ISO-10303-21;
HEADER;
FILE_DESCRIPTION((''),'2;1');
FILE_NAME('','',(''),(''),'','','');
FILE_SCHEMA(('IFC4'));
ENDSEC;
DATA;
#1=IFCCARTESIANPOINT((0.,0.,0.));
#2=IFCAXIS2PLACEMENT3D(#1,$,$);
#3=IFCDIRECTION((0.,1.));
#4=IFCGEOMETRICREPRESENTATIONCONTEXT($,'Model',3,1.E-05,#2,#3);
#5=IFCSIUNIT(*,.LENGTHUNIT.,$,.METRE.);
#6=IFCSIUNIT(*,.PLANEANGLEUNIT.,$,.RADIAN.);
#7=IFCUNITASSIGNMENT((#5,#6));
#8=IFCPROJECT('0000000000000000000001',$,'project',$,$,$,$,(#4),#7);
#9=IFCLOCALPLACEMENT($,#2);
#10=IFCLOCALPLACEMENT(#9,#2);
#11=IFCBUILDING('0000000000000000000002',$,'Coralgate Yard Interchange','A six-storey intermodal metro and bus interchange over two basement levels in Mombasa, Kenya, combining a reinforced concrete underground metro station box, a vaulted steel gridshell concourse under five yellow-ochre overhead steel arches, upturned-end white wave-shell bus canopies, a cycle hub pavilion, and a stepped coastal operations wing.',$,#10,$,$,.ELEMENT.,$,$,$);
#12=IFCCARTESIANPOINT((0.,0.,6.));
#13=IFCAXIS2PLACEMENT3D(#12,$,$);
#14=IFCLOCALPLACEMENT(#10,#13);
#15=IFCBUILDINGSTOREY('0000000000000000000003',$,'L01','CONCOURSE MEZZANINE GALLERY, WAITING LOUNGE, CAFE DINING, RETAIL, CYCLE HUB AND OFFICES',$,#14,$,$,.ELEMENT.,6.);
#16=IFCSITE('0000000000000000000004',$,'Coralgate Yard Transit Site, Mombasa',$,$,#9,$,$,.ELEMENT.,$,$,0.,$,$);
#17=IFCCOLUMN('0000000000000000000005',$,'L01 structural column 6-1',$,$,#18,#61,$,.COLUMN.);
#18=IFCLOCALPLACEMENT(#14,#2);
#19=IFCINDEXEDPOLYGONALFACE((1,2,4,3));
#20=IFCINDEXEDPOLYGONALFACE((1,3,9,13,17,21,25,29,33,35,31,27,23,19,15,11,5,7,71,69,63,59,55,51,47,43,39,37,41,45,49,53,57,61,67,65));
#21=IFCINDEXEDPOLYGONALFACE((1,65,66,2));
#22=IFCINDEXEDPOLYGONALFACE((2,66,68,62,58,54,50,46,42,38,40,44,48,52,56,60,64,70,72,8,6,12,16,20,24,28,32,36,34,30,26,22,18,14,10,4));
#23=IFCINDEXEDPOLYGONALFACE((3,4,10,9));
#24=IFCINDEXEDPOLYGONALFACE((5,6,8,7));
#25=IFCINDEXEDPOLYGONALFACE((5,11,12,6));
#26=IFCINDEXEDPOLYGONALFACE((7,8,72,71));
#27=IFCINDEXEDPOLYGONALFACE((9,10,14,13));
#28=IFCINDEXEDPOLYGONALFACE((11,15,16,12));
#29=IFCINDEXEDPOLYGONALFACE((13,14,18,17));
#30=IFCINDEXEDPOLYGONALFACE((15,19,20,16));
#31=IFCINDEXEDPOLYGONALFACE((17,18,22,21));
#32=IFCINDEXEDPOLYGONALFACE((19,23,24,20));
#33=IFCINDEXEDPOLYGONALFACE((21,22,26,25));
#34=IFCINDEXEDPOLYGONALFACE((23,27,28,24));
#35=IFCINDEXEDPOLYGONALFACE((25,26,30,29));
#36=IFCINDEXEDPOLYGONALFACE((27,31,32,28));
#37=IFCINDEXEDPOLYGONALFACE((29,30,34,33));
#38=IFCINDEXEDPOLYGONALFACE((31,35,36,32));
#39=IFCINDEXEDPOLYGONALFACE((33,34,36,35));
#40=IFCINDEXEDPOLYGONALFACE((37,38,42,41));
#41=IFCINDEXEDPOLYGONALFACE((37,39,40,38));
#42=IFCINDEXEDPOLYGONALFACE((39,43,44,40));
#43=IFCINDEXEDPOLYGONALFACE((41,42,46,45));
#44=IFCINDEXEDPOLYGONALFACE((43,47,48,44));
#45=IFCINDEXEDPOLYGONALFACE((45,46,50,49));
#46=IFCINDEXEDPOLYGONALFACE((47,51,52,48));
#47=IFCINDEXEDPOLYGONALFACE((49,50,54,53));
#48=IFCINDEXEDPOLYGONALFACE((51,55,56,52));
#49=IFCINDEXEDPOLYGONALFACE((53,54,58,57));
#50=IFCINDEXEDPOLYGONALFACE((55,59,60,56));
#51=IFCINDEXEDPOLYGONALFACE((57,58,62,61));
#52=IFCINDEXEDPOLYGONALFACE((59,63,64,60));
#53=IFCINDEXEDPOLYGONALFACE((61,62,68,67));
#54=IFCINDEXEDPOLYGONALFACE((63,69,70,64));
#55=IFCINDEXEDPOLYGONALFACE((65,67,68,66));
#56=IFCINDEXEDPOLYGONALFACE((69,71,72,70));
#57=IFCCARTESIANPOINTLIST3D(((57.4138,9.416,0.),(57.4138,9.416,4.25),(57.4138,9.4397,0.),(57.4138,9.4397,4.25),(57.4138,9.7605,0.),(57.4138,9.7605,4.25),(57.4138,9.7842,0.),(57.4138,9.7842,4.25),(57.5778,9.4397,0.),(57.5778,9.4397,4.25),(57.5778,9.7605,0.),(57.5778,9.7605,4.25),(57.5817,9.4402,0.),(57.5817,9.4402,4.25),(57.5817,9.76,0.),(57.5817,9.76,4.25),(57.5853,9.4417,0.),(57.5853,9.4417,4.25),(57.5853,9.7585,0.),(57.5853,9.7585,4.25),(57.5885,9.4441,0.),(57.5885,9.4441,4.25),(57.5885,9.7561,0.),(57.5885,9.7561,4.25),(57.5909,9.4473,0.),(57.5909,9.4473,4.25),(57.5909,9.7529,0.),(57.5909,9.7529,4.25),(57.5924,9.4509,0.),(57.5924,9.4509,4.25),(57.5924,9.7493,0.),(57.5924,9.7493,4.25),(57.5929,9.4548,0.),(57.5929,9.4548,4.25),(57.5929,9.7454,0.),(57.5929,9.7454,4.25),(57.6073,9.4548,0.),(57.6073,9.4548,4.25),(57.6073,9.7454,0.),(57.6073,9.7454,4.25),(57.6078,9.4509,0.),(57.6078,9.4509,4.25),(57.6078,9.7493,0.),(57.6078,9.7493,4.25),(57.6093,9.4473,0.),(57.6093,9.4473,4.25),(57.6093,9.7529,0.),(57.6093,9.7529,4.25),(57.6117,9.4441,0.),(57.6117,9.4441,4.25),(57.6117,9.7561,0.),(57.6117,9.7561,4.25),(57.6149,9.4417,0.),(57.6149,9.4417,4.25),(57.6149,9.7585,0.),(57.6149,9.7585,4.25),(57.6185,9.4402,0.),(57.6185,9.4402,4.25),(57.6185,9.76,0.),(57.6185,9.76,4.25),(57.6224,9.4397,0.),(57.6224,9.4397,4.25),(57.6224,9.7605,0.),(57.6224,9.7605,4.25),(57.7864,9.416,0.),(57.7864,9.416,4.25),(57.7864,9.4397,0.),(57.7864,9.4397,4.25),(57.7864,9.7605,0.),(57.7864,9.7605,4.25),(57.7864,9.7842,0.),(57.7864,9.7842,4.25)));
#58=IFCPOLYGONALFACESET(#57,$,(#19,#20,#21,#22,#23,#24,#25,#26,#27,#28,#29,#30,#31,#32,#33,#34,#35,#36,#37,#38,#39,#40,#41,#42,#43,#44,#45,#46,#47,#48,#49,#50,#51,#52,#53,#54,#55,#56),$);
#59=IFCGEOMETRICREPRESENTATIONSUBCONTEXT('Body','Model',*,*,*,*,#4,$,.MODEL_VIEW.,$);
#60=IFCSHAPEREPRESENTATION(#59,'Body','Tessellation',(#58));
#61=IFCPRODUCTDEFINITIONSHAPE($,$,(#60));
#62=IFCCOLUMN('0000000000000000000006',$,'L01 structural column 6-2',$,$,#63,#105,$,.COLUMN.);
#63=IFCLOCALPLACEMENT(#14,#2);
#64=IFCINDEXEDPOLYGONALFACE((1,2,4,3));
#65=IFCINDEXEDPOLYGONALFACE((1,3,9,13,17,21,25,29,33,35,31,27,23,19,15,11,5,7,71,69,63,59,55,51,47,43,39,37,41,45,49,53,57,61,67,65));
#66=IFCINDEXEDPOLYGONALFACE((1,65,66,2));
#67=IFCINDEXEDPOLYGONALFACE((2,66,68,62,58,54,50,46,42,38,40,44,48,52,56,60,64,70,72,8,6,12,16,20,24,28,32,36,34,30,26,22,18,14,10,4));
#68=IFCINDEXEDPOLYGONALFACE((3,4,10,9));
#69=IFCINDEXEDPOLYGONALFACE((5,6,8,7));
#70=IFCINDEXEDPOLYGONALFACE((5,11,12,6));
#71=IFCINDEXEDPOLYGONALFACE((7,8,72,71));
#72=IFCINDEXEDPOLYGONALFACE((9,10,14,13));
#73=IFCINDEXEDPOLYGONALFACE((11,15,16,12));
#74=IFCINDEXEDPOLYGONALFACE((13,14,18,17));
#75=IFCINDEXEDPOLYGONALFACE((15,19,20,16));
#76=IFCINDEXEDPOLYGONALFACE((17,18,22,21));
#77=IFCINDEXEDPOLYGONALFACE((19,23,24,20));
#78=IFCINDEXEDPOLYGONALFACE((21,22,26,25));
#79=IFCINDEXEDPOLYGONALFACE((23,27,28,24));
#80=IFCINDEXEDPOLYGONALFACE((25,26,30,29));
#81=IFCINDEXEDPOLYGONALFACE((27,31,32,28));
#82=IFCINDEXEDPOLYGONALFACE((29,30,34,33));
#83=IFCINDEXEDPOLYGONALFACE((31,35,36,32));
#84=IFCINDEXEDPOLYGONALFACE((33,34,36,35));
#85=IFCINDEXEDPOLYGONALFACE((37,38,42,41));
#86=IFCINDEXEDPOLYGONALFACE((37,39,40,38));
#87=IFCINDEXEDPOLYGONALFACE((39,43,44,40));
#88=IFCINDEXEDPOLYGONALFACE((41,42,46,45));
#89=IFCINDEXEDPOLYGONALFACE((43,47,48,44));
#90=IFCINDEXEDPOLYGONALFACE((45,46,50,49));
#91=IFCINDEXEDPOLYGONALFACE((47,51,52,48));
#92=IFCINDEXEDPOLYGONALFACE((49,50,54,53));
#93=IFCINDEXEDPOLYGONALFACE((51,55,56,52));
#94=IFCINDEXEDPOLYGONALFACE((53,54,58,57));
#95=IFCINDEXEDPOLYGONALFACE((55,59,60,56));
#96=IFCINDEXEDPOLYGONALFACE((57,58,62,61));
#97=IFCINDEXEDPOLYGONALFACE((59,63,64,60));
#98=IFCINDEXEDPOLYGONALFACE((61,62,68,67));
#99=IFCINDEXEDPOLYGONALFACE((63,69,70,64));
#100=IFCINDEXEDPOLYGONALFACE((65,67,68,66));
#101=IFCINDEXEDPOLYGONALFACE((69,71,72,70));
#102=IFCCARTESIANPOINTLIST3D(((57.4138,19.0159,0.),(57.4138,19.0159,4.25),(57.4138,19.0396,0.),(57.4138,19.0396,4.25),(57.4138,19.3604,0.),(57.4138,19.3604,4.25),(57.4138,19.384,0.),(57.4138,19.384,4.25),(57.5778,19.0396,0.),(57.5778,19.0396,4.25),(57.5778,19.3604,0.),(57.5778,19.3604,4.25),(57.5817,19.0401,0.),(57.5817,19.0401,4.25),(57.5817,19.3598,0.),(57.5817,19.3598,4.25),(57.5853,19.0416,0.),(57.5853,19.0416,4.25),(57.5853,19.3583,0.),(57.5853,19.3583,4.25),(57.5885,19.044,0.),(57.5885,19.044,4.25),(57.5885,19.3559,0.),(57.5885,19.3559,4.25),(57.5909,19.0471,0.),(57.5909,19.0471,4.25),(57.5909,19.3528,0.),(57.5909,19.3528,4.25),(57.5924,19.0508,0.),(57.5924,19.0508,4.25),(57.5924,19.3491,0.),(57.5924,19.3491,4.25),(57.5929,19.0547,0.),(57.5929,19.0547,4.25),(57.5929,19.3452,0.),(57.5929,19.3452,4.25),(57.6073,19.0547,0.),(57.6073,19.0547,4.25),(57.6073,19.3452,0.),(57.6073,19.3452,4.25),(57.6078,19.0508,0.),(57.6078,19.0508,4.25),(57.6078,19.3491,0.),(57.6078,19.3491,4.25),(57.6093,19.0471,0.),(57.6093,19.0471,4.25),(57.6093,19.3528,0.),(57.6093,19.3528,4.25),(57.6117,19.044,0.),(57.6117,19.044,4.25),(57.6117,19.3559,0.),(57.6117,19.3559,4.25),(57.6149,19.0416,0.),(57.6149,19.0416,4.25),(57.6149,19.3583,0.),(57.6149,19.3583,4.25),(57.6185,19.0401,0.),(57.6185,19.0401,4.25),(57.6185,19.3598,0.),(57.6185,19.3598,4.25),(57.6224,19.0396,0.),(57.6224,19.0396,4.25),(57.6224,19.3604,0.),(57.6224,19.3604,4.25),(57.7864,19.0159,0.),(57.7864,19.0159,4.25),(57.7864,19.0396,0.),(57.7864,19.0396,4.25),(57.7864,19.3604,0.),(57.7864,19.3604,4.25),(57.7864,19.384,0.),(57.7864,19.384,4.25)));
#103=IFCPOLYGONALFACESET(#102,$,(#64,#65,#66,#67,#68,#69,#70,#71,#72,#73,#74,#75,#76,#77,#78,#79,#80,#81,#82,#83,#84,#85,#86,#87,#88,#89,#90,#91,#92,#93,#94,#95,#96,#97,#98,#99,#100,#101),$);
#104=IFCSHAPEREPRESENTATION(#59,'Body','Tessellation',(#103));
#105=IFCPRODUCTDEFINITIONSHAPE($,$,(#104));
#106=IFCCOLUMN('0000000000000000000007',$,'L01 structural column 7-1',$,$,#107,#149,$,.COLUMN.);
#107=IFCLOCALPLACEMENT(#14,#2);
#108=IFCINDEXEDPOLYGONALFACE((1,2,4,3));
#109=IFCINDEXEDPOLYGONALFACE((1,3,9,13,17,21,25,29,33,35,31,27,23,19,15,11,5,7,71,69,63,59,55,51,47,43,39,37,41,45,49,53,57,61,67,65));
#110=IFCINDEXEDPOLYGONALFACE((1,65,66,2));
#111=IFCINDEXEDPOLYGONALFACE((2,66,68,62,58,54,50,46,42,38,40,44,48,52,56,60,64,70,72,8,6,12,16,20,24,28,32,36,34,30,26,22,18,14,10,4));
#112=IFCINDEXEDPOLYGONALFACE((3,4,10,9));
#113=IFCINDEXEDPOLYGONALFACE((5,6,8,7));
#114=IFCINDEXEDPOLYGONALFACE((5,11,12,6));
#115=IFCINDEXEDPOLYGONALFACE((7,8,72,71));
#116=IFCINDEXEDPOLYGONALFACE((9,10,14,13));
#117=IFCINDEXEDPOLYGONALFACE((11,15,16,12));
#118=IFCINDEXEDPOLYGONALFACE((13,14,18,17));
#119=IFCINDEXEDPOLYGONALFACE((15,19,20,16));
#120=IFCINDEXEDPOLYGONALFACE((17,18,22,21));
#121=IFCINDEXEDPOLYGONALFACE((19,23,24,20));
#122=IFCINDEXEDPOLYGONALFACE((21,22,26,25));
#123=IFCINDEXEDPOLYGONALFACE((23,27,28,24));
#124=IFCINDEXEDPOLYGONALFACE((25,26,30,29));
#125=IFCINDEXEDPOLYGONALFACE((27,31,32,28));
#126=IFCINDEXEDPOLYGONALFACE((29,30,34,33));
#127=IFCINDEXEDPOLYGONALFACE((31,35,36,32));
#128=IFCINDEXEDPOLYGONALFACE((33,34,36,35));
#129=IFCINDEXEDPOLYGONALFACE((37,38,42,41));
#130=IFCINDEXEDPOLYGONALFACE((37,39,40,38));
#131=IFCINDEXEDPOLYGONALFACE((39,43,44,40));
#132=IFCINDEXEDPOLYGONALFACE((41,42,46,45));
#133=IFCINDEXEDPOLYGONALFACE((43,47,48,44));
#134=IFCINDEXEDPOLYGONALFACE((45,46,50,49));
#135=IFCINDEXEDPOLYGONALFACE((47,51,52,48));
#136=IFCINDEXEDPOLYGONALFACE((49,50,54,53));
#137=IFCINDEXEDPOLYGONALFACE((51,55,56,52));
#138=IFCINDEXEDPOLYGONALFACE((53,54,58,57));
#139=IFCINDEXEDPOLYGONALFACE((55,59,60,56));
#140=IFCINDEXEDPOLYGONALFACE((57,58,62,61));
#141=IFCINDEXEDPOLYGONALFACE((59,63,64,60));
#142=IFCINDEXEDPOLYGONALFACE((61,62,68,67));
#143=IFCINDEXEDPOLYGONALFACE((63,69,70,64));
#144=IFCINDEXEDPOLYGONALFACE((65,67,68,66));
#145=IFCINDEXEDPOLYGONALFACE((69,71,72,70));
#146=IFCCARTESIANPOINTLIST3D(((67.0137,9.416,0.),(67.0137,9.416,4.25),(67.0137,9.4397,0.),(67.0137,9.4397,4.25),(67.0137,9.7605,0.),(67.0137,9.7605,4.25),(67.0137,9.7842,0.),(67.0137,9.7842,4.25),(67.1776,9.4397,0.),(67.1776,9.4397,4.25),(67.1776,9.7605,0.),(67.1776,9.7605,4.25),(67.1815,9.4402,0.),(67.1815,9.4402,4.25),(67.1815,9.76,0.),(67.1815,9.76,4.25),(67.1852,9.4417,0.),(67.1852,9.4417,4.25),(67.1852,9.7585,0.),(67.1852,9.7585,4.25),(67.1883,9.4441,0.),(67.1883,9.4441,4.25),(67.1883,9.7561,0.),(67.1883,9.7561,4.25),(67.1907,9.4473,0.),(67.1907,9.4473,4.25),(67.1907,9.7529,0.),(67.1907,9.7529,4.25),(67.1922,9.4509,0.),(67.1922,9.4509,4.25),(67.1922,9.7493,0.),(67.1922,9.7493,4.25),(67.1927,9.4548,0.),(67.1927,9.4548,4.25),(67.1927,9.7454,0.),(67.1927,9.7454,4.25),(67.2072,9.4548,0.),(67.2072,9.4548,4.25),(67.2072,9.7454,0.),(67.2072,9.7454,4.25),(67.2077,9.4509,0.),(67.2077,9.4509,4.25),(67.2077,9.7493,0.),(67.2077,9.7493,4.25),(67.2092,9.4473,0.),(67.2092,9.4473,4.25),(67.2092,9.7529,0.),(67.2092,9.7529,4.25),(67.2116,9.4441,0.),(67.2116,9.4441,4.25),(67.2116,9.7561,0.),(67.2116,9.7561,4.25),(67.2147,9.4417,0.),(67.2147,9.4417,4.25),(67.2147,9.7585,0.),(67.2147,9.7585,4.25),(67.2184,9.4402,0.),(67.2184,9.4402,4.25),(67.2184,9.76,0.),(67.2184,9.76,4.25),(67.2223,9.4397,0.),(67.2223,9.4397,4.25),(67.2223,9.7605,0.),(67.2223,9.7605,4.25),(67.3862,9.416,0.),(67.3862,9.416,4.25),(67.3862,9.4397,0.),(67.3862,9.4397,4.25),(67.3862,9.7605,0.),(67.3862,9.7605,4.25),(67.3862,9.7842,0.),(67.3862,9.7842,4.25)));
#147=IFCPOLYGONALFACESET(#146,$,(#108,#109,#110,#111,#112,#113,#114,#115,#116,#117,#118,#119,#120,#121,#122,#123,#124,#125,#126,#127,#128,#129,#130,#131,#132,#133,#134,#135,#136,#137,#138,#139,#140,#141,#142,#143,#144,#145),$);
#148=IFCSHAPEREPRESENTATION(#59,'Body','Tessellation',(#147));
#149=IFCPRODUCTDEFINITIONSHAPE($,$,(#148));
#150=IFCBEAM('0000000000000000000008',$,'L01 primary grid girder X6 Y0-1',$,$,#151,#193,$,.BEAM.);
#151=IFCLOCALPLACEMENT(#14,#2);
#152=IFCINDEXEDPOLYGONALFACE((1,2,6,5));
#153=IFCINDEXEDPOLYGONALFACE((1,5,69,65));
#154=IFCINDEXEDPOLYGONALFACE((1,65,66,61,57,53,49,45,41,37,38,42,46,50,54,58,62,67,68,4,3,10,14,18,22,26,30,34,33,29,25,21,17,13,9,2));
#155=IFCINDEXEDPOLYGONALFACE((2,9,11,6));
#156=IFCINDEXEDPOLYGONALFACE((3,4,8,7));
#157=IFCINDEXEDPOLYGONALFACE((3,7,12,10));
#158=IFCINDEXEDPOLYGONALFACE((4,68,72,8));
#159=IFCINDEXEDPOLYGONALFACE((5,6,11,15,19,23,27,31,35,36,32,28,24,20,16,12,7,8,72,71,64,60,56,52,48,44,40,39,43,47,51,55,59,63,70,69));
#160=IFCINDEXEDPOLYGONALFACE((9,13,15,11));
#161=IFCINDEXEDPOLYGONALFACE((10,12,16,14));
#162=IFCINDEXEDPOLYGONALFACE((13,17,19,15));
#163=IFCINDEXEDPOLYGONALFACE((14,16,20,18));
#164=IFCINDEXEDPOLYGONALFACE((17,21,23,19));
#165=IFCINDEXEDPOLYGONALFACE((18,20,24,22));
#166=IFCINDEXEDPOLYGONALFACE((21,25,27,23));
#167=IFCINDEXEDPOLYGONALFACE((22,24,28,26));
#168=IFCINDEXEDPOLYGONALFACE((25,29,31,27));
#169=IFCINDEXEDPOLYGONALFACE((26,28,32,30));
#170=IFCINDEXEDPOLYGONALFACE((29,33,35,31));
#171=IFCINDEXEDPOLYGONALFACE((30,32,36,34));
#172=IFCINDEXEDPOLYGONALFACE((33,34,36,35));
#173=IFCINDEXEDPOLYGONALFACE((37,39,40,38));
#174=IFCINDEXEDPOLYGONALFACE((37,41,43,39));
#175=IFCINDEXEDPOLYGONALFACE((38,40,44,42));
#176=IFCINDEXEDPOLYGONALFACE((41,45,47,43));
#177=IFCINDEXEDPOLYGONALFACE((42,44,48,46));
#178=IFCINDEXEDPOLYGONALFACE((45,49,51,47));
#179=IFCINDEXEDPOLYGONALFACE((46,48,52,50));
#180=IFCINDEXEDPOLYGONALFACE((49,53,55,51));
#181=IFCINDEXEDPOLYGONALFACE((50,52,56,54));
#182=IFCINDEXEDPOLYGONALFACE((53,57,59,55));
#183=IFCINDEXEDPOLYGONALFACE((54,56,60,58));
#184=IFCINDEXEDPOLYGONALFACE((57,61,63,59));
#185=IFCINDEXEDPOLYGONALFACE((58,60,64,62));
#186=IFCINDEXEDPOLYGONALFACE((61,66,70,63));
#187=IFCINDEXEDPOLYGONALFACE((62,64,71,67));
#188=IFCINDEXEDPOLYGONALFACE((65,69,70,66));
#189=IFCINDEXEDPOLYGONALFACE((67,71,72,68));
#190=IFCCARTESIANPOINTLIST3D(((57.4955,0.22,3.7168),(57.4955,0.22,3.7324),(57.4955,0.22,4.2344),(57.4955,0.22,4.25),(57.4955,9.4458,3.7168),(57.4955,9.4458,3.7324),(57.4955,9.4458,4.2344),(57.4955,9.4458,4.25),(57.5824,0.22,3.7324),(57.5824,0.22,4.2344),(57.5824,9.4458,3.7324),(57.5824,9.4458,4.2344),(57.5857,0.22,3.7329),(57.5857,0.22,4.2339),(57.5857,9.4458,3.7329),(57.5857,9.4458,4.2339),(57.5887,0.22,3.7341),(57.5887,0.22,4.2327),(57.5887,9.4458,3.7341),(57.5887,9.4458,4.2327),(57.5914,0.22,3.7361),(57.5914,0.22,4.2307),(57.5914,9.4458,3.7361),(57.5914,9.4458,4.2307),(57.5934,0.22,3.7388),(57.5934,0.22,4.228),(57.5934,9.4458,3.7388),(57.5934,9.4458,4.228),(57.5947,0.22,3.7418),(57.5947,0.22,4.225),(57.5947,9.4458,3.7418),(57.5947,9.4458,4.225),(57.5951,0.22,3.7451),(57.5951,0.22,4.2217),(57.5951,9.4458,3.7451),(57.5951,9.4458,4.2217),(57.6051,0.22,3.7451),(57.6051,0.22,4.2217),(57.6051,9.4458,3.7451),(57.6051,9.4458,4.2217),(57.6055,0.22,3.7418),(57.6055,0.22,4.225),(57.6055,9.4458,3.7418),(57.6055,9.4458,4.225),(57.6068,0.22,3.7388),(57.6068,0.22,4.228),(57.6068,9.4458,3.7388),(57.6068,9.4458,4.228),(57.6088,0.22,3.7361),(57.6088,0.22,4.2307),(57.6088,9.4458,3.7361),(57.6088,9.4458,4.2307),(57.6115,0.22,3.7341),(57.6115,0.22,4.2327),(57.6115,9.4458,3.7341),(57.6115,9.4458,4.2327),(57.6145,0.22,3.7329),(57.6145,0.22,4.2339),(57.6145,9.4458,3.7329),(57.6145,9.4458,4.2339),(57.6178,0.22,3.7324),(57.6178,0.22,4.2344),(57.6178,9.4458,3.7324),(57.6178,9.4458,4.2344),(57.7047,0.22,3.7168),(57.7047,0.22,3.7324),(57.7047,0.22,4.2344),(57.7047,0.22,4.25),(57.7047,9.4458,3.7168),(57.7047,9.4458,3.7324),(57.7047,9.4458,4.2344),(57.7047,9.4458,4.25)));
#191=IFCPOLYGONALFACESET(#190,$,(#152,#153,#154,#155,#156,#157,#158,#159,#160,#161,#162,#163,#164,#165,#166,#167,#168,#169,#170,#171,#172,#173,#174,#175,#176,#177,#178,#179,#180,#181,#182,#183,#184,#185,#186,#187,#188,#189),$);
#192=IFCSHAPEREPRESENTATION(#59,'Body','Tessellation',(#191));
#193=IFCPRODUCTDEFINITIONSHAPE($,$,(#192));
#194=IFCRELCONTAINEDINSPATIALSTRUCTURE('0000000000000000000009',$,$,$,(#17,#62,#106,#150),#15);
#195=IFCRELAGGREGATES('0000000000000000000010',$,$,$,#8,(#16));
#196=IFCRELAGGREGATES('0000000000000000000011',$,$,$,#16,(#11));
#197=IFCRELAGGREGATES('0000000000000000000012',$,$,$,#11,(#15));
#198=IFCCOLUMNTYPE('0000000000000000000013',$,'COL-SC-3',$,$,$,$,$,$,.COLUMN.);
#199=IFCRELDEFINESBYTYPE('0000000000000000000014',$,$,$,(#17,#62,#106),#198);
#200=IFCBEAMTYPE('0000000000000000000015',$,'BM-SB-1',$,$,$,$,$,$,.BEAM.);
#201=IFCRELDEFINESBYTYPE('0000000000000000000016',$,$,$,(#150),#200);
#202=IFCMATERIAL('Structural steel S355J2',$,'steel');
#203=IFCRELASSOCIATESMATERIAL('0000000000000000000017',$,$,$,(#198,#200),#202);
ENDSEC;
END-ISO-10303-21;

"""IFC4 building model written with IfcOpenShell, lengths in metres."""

from ifc_helpers import new_model, si_unit, direction, frame, origin, origin_2d, place, context, subcontext, project, spatial, i_section, extrude, material, material_profile, profile_set, type_object, element, save


model = new_model("IFC4")

# Units and contexts
model_context = context("Model", 3, precision=1e-05, world=origin(), true_north=direction((0.0, 1.0)))
body_context = subcontext(model_context, "Body", "Model", "MODEL_VIEW")
ifc_project = project(units=[si_unit("LENGTHUNIT", "METRE"), si_unit("PLANEANGLEUNIT", "RADIAN")], contexts=[model_context])

# Site, building, storey
site_placement = place(None, origin())
site = spatial("IfcSite", under=ifc_project, at=site_placement, Name="Coralgate Yard Transit Site, Mombasa", CompositionType="ELEMENT", RefElevation=0.0)
building_placement = place(site_placement, origin())
building = spatial("IfcBuilding", under=site, at=building_placement, Name="Coralgate Yard Interchange", Description="A six-storey intermodal metro and bus interchange over two basement levels in Mombasa, Kenya, combining a reinforced concrete underground metro station box, a vaulted steel gridshell concourse under five yellow-ochre overhead steel arches, upturned-end white wave-shell bus canopies, a cycle hub pavilion, and a stepped coastal operations wing.", CompositionType="ELEMENT")
storey_placement = place(building_placement, frame((0.0, 0.0, 6.0)))
storey = spatial("IfcBuildingStorey", under=building, at=storey_placement, Name="L01", Description="CONCOURSE MEZZANINE GALLERY, WAITING LOUNGE, CAFE DINING, RETAIL, CYCLE HUB AND OFFICES", CompositionType="ELEMENT", Elevation=6.0)

# Columns
ifc_material_1 = material(Name="Structural steel S355J2", Category="steel")
ifc_material_profile_1 = material_profile(ifc_material_1, i_section(OverallWidth=0.3726, OverallDepth=0.3682, WebThickness=0.0144, FlangeThickness=0.0237, FilletRadius=0.0151, at=origin_2d()), Name="UC 356x368x177")
ifc_profile_set_1 = profile_set([ifc_material_profile_1], Name="Structural steel S355J2")
column_type = type_object("IfcColumnType", Name="COL-SC-3", PredefinedType="COLUMN", material=ifc_profile_set_1)
for number, where, z_axis, x_axis, name in (
    (1, (57.6001, 9.6001, 0.0), (0.0, 0.0, 1.0), (1.0, 0.0, 0.0), "L01 structural column 6-1"),
    (2, (57.6001, 19.2, 0.0), (0.0, 0.0, 1.0), (1.0, 0.0, 0.0), "L01 structural column 6-2"),
    (3, (67.2, 9.6001, 0.0), (0.0, 0.0, 1.0), (1.0, 0.0, 0.0), "L01 structural column 7-1"),
):
    element("IfcColumn", number, at=place(storey_placement, frame(where, z_axis=z_axis, x_axis=x_axis)), inside=storey, type_object=column_type, Name=name, PredefinedType="COLUMN", context=body_context, shape_type="SweptSolid", body=[
        extrude(i_section(OverallWidth=0.3726, OverallDepth=0.3682, WebThickness=0.0144, FlangeThickness=0.0237, FilletRadius=0.0151, at=origin_2d()), origin(), (0.0, 0.0, 1.0), 4.25),
    ])

# Beam
ifc_material_profile_2 = material_profile(ifc_material_1, i_section(OverallWidth=0.2092, OverallDepth=0.5332, WebThickness=0.01, FlangeThickness=0.0156, FilletRadius=0.0127, at=origin_2d()), Name="UB 533x210x92")
ifc_profile_set_2 = profile_set([ifc_material_profile_2], Name="Structural steel S355J2")
beam_type_1 = type_object("IfcBeamType", Name="BM-SB-1", PredefinedType="BEAM", material=ifc_profile_set_2)
beam_1_placement = place(storey_placement, frame((57.6001, 0.22, 3.9834), z_axis=(0.0, 1.0, 0.0), x_axis=(-1.0, 0.0, 0.0)))
element("IfcBeam", 4, at=beam_1_placement, inside=storey, type_object=beam_type_1, Name="L01 primary grid girder X6 Y0-1", PredefinedType="BEAM", context=body_context, shape_type="SweptSolid", body=[
    extrude(i_section(OverallWidth=0.2092, OverallDepth=0.5332, WebThickness=0.01, FlangeThickness=0.0156, FilletRadius=0.0127, at=origin_2d()), origin(), (0.0, 0.0, 1.0), 9.2258),
])

save(model, "model.ifc")
